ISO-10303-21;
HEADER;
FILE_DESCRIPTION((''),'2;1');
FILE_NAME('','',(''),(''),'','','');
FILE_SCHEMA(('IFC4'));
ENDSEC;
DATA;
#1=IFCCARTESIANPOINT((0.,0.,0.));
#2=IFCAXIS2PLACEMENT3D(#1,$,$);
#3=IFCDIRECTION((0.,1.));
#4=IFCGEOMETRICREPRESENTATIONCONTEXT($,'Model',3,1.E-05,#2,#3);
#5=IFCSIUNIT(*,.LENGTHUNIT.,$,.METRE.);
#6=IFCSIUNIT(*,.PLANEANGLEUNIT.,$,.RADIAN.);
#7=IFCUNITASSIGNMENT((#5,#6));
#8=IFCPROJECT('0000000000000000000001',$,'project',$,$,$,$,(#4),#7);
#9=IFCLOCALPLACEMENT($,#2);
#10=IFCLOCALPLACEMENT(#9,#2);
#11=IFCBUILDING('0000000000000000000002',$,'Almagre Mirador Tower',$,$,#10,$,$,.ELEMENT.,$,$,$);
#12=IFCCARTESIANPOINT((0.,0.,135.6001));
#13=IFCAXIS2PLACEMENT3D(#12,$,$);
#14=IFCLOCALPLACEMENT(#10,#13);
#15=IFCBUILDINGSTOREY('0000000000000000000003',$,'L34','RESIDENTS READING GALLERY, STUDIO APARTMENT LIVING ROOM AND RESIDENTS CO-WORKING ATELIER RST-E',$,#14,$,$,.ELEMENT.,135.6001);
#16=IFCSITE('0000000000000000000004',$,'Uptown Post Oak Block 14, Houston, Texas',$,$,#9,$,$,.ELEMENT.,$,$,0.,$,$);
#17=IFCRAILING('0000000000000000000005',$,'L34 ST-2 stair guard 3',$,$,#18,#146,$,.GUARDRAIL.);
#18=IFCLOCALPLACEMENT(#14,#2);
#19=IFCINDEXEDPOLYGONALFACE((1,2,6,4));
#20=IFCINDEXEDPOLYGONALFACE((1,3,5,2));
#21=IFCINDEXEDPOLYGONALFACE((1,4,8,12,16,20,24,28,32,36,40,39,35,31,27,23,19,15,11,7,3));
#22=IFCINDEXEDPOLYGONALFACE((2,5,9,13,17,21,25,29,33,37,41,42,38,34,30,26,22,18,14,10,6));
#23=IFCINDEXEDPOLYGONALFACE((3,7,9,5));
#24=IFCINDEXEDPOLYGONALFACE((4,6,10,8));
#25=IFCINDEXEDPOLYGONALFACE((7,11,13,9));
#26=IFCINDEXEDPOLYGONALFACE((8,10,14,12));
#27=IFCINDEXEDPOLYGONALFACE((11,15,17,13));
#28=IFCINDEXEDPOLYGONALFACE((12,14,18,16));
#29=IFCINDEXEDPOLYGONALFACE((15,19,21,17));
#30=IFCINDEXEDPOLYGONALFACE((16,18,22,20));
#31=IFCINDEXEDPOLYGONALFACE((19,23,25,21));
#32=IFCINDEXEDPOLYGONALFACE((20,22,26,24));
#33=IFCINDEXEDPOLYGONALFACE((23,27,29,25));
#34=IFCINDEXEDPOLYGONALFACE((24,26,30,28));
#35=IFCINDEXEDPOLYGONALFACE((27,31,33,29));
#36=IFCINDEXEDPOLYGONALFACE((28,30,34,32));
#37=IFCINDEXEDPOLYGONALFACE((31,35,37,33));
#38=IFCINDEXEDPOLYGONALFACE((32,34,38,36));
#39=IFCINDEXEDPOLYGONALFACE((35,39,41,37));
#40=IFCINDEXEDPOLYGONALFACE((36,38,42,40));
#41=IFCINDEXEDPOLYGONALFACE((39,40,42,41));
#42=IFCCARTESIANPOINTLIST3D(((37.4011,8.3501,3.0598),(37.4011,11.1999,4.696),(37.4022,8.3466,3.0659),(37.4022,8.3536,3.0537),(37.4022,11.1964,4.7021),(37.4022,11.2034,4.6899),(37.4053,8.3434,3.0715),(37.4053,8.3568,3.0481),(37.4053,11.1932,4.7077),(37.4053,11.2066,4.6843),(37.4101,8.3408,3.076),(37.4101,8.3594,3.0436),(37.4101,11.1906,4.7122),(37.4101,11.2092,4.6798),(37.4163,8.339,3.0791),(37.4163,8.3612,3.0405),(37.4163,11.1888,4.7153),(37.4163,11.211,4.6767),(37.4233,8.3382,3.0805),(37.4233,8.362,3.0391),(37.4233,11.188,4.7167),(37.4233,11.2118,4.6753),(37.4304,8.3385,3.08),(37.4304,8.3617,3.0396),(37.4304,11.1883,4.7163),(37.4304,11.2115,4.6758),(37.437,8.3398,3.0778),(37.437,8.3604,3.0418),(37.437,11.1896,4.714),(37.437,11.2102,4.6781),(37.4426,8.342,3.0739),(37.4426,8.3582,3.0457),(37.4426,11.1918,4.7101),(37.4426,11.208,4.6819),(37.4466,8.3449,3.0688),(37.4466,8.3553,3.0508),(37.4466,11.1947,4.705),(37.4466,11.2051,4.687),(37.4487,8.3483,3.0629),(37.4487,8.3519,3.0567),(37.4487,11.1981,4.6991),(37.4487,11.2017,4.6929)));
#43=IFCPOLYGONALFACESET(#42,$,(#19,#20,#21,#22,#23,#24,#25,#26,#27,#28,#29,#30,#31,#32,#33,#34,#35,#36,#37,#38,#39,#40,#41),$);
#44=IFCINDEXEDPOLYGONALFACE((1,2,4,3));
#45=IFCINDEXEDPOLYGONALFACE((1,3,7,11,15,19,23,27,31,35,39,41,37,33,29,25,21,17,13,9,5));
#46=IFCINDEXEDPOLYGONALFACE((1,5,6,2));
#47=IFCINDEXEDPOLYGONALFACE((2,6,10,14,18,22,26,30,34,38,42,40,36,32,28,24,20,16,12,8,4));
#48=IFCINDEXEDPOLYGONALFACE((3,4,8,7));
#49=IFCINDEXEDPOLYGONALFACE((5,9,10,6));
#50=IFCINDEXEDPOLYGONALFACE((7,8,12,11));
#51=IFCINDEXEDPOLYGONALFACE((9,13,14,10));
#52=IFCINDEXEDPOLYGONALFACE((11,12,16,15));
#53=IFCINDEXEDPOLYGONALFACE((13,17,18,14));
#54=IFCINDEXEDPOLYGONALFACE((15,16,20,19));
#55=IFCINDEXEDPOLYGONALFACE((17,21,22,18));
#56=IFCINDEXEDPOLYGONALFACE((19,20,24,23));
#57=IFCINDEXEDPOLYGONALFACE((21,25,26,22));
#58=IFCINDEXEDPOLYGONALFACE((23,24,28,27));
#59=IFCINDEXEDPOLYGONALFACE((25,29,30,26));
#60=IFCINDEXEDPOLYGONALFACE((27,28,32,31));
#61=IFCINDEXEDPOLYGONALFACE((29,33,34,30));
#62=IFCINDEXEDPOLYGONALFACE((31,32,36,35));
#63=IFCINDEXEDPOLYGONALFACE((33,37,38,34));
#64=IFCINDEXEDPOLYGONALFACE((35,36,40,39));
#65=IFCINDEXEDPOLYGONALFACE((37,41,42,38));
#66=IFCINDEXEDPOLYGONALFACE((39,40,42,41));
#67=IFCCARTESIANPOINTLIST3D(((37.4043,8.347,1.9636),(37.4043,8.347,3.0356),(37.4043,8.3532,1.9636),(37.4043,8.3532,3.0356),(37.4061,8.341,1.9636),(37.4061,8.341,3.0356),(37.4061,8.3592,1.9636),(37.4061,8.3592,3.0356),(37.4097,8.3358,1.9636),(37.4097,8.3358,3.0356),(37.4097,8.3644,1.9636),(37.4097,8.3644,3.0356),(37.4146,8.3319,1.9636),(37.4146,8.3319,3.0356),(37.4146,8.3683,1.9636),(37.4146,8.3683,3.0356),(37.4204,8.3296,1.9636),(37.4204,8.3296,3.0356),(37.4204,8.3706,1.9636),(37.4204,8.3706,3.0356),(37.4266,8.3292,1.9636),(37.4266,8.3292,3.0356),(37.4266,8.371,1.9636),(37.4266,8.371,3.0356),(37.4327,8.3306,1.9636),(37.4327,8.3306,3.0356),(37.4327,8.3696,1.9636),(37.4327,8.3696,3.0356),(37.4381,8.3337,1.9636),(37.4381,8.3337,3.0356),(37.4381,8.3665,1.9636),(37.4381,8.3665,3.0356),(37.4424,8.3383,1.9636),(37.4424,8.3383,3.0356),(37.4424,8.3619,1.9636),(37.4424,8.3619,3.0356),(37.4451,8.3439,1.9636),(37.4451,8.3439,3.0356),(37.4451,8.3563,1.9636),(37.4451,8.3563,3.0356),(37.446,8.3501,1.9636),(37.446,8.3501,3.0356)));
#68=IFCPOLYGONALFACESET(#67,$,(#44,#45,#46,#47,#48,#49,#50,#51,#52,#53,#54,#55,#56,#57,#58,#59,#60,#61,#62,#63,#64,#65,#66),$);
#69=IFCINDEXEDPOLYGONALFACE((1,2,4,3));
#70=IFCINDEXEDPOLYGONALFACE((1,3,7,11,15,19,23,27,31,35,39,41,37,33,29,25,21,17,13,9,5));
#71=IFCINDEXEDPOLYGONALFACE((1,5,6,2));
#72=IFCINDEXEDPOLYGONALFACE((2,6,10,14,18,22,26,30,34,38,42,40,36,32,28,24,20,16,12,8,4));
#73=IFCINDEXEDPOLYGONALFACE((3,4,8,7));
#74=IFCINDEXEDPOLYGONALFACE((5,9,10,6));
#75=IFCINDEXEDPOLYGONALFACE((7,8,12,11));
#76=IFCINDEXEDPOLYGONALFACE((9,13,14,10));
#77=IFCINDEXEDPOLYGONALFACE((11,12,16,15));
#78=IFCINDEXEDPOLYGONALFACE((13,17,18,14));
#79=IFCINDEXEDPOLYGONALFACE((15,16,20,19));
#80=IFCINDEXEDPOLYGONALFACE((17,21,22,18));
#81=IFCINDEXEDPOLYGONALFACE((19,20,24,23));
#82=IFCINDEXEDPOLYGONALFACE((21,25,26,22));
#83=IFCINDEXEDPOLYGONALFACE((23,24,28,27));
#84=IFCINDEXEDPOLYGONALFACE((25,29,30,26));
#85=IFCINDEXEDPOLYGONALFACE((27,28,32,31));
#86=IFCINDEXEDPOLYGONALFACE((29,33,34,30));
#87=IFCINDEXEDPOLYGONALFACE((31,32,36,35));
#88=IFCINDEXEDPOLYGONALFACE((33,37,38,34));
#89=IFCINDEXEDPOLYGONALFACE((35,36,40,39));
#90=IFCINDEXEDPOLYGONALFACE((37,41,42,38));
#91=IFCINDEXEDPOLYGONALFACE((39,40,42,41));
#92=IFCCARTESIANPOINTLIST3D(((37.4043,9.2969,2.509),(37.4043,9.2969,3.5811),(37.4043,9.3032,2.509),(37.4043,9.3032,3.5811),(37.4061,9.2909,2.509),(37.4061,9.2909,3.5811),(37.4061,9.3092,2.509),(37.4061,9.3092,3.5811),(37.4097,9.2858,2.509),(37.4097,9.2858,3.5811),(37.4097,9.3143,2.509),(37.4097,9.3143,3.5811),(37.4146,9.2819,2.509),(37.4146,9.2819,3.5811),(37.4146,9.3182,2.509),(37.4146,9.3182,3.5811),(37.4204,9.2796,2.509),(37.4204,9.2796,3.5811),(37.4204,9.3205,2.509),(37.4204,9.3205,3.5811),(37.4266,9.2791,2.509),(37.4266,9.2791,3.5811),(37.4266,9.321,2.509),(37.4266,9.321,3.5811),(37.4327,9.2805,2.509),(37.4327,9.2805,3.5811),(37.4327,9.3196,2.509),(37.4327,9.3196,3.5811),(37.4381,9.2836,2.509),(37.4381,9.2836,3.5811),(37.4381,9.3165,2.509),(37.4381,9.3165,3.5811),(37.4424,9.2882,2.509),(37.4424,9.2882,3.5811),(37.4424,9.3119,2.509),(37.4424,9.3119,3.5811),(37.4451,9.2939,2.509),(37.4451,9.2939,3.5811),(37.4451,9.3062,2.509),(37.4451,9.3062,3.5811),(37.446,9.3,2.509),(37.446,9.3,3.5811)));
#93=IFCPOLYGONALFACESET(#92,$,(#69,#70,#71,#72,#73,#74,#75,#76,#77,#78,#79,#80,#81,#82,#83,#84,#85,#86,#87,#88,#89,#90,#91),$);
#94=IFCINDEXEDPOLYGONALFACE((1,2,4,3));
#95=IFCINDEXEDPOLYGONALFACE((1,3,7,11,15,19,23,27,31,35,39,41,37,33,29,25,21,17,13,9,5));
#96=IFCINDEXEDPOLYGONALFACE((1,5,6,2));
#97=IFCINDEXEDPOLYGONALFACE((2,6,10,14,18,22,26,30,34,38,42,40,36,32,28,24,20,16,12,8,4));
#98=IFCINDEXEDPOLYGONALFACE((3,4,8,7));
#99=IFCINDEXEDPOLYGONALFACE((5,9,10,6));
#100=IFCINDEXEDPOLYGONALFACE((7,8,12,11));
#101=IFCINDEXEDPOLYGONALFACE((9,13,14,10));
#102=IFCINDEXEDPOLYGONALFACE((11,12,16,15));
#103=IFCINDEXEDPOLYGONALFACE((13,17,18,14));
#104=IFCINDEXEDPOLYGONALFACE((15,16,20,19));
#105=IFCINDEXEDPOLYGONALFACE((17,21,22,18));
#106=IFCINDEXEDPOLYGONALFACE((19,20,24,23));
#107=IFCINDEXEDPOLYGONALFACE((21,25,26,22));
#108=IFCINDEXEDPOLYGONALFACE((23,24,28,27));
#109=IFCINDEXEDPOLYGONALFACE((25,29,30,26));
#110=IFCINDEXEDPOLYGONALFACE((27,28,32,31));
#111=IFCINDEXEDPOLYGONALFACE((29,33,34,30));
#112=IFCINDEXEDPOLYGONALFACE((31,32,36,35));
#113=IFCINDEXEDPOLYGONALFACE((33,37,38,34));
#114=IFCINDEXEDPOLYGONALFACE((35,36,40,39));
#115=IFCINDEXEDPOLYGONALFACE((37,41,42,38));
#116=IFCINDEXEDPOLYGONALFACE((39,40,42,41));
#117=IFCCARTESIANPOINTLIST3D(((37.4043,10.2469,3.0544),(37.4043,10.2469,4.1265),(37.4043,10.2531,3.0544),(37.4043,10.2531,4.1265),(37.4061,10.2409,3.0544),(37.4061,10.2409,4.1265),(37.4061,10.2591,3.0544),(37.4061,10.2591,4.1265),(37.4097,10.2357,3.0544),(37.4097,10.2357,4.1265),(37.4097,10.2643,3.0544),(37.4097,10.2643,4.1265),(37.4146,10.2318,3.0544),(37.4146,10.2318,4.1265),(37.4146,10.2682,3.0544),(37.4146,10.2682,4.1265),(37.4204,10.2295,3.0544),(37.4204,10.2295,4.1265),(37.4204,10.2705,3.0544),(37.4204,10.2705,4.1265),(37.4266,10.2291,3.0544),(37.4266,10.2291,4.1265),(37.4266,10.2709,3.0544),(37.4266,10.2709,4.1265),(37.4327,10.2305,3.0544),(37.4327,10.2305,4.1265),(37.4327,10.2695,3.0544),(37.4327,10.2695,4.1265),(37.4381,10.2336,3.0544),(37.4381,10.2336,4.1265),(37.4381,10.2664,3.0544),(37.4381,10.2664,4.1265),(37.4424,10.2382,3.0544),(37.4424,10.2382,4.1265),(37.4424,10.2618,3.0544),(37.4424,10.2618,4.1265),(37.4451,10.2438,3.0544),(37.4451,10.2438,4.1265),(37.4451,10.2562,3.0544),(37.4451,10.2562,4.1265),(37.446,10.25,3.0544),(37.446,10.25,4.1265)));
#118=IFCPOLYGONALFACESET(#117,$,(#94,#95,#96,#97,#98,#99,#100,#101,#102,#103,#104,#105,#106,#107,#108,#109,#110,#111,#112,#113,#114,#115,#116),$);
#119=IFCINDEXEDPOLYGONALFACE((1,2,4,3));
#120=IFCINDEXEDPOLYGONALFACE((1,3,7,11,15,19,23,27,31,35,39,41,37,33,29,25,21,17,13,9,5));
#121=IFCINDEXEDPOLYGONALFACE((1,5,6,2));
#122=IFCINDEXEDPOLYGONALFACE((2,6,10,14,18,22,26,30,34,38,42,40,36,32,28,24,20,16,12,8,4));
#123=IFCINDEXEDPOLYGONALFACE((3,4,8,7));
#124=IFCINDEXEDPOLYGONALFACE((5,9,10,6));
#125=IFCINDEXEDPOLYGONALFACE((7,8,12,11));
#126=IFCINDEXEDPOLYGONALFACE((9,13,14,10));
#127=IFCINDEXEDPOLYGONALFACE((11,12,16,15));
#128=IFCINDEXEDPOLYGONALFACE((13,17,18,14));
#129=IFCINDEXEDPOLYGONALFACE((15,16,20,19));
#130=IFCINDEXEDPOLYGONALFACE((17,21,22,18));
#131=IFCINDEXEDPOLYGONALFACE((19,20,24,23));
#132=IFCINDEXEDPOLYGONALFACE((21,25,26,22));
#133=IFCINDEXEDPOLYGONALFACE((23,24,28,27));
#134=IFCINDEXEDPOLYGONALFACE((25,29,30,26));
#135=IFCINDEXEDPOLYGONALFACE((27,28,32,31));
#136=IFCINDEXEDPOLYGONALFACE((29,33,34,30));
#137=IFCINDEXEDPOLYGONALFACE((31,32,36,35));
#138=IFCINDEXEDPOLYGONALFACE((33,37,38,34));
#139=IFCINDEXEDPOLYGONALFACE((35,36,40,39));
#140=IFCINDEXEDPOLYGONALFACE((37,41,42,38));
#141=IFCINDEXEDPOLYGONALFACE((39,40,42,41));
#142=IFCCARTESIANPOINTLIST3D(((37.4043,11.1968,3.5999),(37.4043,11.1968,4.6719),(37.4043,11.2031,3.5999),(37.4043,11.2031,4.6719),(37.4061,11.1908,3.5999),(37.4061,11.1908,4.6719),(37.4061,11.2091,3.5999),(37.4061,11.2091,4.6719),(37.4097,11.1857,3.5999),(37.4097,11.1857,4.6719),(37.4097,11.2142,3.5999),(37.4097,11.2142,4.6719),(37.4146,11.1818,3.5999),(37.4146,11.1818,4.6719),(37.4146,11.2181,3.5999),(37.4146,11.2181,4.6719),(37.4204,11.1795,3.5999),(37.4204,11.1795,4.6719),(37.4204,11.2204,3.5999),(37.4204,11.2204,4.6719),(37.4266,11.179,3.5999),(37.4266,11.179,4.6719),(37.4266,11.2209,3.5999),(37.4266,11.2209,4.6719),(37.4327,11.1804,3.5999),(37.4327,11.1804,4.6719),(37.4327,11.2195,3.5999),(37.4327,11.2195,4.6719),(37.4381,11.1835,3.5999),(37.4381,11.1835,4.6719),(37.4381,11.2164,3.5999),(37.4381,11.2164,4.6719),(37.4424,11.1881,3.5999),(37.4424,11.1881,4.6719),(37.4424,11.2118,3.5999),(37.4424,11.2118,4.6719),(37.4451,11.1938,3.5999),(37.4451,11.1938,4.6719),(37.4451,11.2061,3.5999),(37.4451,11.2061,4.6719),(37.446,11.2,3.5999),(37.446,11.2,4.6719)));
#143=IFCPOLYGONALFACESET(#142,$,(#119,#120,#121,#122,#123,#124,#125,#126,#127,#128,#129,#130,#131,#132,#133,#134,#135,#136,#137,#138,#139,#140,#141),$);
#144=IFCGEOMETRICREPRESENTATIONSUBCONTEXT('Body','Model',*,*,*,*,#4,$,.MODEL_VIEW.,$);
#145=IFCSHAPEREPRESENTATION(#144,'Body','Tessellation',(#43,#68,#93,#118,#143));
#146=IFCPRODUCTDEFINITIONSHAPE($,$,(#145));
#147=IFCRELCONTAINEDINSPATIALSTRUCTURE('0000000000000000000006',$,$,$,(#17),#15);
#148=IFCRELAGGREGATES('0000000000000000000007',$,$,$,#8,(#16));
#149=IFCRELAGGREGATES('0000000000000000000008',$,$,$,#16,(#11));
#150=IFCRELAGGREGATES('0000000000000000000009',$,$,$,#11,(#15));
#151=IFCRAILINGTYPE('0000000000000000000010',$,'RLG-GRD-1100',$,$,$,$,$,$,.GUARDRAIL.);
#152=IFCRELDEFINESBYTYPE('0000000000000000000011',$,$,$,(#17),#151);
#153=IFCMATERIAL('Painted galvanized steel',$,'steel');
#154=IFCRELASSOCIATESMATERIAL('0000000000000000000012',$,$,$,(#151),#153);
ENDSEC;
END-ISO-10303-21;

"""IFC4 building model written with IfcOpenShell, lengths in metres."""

from ifc_helpers import new_model, si_unit, direction, frame, origin, origin_2d, place, context, subcontext, project, spatial, circle, extrude, material, type_object, element, save


model = new_model("IFC4")

# Units and contexts
model_context = context("Model", 3, precision=1e-05, world=origin(), true_north=direction((0.0, 1.0)))
body_context = subcontext(model_context, "Body", "Model", "MODEL_VIEW")
ifc_project = project(units=[si_unit("LENGTHUNIT", "METRE"), si_unit("PLANEANGLEUNIT", "RADIAN")], contexts=[model_context])

# Site, building, storey
site_placement = place(None, origin())
site = spatial("IfcSite", under=ifc_project, at=site_placement, Name="Uptown Post Oak Block 14, Houston, Texas", CompositionType="ELEMENT", RefElevation=0.0)
building_placement = place(site_placement, origin())
building = spatial("IfcBuilding", under=site, at=building_placement, Name="Almagre Mirador Tower", CompositionType="ELEMENT")
storey_placement = place(building_placement, frame((0.0, 0.0, 135.6001)))
storey = spatial("IfcBuildingStorey", under=building, at=storey_placement, Name="L34", Description="RESIDENTS READING GALLERY, STUDIO APARTMENT LIVING ROOM AND RESIDENTS CO-WORKING ATELIER RST-E", CompositionType="ELEMENT", Elevation=135.6001)

# Railing
ifc_material_1 = material(Name="Painted galvanized steel", Category="steel")
railing_type_1 = type_object("IfcRailingType", Name="RLG-GRD-1100", PredefinedType="GUARDRAIL", material=ifc_material_1)
railing_1_placement = place(storey_placement, frame((37.425, 8.3501, 1.9636)))
element("IfcRailing", 1, at=railing_1_placement, inside=storey, type_object=railing_type_1, Name="L34 ST-2 stair guard 3", PredefinedType="GUARDRAIL", context=body_context, shape_type="SweptSolid", body=[
    extrude(circle(Radius=0.0239, at=origin_2d()), frame((0.0, 0.0, 1.0962), z_axis=(0.0, 0.867226, 0.497914), x_axis=(-1.0, 0.0, 0.0)), (0.0, 0.0, 1.0), 3.2861),
    extrude(circle(Radius=0.021, at=origin_2d()), origin(), (0.0, 0.0, 1.0), 1.072),
    extrude(circle(Radius=0.021, at=origin_2d()), frame((0.0, 0.95, 0.5454)), (0.0, 0.0, 1.0), 1.072),
    extrude(circle(Radius=0.021, at=origin_2d()), frame((0.0, 1.8999, 1.0908)), (0.0, 0.0, 1.0), 1.072),
    extrude(circle(Radius=0.021, at=origin_2d()), frame((0.0, 2.8499, 1.6362)), (0.0, 0.0, 1.0), 1.072),
])

save(model, "model.ifc")
